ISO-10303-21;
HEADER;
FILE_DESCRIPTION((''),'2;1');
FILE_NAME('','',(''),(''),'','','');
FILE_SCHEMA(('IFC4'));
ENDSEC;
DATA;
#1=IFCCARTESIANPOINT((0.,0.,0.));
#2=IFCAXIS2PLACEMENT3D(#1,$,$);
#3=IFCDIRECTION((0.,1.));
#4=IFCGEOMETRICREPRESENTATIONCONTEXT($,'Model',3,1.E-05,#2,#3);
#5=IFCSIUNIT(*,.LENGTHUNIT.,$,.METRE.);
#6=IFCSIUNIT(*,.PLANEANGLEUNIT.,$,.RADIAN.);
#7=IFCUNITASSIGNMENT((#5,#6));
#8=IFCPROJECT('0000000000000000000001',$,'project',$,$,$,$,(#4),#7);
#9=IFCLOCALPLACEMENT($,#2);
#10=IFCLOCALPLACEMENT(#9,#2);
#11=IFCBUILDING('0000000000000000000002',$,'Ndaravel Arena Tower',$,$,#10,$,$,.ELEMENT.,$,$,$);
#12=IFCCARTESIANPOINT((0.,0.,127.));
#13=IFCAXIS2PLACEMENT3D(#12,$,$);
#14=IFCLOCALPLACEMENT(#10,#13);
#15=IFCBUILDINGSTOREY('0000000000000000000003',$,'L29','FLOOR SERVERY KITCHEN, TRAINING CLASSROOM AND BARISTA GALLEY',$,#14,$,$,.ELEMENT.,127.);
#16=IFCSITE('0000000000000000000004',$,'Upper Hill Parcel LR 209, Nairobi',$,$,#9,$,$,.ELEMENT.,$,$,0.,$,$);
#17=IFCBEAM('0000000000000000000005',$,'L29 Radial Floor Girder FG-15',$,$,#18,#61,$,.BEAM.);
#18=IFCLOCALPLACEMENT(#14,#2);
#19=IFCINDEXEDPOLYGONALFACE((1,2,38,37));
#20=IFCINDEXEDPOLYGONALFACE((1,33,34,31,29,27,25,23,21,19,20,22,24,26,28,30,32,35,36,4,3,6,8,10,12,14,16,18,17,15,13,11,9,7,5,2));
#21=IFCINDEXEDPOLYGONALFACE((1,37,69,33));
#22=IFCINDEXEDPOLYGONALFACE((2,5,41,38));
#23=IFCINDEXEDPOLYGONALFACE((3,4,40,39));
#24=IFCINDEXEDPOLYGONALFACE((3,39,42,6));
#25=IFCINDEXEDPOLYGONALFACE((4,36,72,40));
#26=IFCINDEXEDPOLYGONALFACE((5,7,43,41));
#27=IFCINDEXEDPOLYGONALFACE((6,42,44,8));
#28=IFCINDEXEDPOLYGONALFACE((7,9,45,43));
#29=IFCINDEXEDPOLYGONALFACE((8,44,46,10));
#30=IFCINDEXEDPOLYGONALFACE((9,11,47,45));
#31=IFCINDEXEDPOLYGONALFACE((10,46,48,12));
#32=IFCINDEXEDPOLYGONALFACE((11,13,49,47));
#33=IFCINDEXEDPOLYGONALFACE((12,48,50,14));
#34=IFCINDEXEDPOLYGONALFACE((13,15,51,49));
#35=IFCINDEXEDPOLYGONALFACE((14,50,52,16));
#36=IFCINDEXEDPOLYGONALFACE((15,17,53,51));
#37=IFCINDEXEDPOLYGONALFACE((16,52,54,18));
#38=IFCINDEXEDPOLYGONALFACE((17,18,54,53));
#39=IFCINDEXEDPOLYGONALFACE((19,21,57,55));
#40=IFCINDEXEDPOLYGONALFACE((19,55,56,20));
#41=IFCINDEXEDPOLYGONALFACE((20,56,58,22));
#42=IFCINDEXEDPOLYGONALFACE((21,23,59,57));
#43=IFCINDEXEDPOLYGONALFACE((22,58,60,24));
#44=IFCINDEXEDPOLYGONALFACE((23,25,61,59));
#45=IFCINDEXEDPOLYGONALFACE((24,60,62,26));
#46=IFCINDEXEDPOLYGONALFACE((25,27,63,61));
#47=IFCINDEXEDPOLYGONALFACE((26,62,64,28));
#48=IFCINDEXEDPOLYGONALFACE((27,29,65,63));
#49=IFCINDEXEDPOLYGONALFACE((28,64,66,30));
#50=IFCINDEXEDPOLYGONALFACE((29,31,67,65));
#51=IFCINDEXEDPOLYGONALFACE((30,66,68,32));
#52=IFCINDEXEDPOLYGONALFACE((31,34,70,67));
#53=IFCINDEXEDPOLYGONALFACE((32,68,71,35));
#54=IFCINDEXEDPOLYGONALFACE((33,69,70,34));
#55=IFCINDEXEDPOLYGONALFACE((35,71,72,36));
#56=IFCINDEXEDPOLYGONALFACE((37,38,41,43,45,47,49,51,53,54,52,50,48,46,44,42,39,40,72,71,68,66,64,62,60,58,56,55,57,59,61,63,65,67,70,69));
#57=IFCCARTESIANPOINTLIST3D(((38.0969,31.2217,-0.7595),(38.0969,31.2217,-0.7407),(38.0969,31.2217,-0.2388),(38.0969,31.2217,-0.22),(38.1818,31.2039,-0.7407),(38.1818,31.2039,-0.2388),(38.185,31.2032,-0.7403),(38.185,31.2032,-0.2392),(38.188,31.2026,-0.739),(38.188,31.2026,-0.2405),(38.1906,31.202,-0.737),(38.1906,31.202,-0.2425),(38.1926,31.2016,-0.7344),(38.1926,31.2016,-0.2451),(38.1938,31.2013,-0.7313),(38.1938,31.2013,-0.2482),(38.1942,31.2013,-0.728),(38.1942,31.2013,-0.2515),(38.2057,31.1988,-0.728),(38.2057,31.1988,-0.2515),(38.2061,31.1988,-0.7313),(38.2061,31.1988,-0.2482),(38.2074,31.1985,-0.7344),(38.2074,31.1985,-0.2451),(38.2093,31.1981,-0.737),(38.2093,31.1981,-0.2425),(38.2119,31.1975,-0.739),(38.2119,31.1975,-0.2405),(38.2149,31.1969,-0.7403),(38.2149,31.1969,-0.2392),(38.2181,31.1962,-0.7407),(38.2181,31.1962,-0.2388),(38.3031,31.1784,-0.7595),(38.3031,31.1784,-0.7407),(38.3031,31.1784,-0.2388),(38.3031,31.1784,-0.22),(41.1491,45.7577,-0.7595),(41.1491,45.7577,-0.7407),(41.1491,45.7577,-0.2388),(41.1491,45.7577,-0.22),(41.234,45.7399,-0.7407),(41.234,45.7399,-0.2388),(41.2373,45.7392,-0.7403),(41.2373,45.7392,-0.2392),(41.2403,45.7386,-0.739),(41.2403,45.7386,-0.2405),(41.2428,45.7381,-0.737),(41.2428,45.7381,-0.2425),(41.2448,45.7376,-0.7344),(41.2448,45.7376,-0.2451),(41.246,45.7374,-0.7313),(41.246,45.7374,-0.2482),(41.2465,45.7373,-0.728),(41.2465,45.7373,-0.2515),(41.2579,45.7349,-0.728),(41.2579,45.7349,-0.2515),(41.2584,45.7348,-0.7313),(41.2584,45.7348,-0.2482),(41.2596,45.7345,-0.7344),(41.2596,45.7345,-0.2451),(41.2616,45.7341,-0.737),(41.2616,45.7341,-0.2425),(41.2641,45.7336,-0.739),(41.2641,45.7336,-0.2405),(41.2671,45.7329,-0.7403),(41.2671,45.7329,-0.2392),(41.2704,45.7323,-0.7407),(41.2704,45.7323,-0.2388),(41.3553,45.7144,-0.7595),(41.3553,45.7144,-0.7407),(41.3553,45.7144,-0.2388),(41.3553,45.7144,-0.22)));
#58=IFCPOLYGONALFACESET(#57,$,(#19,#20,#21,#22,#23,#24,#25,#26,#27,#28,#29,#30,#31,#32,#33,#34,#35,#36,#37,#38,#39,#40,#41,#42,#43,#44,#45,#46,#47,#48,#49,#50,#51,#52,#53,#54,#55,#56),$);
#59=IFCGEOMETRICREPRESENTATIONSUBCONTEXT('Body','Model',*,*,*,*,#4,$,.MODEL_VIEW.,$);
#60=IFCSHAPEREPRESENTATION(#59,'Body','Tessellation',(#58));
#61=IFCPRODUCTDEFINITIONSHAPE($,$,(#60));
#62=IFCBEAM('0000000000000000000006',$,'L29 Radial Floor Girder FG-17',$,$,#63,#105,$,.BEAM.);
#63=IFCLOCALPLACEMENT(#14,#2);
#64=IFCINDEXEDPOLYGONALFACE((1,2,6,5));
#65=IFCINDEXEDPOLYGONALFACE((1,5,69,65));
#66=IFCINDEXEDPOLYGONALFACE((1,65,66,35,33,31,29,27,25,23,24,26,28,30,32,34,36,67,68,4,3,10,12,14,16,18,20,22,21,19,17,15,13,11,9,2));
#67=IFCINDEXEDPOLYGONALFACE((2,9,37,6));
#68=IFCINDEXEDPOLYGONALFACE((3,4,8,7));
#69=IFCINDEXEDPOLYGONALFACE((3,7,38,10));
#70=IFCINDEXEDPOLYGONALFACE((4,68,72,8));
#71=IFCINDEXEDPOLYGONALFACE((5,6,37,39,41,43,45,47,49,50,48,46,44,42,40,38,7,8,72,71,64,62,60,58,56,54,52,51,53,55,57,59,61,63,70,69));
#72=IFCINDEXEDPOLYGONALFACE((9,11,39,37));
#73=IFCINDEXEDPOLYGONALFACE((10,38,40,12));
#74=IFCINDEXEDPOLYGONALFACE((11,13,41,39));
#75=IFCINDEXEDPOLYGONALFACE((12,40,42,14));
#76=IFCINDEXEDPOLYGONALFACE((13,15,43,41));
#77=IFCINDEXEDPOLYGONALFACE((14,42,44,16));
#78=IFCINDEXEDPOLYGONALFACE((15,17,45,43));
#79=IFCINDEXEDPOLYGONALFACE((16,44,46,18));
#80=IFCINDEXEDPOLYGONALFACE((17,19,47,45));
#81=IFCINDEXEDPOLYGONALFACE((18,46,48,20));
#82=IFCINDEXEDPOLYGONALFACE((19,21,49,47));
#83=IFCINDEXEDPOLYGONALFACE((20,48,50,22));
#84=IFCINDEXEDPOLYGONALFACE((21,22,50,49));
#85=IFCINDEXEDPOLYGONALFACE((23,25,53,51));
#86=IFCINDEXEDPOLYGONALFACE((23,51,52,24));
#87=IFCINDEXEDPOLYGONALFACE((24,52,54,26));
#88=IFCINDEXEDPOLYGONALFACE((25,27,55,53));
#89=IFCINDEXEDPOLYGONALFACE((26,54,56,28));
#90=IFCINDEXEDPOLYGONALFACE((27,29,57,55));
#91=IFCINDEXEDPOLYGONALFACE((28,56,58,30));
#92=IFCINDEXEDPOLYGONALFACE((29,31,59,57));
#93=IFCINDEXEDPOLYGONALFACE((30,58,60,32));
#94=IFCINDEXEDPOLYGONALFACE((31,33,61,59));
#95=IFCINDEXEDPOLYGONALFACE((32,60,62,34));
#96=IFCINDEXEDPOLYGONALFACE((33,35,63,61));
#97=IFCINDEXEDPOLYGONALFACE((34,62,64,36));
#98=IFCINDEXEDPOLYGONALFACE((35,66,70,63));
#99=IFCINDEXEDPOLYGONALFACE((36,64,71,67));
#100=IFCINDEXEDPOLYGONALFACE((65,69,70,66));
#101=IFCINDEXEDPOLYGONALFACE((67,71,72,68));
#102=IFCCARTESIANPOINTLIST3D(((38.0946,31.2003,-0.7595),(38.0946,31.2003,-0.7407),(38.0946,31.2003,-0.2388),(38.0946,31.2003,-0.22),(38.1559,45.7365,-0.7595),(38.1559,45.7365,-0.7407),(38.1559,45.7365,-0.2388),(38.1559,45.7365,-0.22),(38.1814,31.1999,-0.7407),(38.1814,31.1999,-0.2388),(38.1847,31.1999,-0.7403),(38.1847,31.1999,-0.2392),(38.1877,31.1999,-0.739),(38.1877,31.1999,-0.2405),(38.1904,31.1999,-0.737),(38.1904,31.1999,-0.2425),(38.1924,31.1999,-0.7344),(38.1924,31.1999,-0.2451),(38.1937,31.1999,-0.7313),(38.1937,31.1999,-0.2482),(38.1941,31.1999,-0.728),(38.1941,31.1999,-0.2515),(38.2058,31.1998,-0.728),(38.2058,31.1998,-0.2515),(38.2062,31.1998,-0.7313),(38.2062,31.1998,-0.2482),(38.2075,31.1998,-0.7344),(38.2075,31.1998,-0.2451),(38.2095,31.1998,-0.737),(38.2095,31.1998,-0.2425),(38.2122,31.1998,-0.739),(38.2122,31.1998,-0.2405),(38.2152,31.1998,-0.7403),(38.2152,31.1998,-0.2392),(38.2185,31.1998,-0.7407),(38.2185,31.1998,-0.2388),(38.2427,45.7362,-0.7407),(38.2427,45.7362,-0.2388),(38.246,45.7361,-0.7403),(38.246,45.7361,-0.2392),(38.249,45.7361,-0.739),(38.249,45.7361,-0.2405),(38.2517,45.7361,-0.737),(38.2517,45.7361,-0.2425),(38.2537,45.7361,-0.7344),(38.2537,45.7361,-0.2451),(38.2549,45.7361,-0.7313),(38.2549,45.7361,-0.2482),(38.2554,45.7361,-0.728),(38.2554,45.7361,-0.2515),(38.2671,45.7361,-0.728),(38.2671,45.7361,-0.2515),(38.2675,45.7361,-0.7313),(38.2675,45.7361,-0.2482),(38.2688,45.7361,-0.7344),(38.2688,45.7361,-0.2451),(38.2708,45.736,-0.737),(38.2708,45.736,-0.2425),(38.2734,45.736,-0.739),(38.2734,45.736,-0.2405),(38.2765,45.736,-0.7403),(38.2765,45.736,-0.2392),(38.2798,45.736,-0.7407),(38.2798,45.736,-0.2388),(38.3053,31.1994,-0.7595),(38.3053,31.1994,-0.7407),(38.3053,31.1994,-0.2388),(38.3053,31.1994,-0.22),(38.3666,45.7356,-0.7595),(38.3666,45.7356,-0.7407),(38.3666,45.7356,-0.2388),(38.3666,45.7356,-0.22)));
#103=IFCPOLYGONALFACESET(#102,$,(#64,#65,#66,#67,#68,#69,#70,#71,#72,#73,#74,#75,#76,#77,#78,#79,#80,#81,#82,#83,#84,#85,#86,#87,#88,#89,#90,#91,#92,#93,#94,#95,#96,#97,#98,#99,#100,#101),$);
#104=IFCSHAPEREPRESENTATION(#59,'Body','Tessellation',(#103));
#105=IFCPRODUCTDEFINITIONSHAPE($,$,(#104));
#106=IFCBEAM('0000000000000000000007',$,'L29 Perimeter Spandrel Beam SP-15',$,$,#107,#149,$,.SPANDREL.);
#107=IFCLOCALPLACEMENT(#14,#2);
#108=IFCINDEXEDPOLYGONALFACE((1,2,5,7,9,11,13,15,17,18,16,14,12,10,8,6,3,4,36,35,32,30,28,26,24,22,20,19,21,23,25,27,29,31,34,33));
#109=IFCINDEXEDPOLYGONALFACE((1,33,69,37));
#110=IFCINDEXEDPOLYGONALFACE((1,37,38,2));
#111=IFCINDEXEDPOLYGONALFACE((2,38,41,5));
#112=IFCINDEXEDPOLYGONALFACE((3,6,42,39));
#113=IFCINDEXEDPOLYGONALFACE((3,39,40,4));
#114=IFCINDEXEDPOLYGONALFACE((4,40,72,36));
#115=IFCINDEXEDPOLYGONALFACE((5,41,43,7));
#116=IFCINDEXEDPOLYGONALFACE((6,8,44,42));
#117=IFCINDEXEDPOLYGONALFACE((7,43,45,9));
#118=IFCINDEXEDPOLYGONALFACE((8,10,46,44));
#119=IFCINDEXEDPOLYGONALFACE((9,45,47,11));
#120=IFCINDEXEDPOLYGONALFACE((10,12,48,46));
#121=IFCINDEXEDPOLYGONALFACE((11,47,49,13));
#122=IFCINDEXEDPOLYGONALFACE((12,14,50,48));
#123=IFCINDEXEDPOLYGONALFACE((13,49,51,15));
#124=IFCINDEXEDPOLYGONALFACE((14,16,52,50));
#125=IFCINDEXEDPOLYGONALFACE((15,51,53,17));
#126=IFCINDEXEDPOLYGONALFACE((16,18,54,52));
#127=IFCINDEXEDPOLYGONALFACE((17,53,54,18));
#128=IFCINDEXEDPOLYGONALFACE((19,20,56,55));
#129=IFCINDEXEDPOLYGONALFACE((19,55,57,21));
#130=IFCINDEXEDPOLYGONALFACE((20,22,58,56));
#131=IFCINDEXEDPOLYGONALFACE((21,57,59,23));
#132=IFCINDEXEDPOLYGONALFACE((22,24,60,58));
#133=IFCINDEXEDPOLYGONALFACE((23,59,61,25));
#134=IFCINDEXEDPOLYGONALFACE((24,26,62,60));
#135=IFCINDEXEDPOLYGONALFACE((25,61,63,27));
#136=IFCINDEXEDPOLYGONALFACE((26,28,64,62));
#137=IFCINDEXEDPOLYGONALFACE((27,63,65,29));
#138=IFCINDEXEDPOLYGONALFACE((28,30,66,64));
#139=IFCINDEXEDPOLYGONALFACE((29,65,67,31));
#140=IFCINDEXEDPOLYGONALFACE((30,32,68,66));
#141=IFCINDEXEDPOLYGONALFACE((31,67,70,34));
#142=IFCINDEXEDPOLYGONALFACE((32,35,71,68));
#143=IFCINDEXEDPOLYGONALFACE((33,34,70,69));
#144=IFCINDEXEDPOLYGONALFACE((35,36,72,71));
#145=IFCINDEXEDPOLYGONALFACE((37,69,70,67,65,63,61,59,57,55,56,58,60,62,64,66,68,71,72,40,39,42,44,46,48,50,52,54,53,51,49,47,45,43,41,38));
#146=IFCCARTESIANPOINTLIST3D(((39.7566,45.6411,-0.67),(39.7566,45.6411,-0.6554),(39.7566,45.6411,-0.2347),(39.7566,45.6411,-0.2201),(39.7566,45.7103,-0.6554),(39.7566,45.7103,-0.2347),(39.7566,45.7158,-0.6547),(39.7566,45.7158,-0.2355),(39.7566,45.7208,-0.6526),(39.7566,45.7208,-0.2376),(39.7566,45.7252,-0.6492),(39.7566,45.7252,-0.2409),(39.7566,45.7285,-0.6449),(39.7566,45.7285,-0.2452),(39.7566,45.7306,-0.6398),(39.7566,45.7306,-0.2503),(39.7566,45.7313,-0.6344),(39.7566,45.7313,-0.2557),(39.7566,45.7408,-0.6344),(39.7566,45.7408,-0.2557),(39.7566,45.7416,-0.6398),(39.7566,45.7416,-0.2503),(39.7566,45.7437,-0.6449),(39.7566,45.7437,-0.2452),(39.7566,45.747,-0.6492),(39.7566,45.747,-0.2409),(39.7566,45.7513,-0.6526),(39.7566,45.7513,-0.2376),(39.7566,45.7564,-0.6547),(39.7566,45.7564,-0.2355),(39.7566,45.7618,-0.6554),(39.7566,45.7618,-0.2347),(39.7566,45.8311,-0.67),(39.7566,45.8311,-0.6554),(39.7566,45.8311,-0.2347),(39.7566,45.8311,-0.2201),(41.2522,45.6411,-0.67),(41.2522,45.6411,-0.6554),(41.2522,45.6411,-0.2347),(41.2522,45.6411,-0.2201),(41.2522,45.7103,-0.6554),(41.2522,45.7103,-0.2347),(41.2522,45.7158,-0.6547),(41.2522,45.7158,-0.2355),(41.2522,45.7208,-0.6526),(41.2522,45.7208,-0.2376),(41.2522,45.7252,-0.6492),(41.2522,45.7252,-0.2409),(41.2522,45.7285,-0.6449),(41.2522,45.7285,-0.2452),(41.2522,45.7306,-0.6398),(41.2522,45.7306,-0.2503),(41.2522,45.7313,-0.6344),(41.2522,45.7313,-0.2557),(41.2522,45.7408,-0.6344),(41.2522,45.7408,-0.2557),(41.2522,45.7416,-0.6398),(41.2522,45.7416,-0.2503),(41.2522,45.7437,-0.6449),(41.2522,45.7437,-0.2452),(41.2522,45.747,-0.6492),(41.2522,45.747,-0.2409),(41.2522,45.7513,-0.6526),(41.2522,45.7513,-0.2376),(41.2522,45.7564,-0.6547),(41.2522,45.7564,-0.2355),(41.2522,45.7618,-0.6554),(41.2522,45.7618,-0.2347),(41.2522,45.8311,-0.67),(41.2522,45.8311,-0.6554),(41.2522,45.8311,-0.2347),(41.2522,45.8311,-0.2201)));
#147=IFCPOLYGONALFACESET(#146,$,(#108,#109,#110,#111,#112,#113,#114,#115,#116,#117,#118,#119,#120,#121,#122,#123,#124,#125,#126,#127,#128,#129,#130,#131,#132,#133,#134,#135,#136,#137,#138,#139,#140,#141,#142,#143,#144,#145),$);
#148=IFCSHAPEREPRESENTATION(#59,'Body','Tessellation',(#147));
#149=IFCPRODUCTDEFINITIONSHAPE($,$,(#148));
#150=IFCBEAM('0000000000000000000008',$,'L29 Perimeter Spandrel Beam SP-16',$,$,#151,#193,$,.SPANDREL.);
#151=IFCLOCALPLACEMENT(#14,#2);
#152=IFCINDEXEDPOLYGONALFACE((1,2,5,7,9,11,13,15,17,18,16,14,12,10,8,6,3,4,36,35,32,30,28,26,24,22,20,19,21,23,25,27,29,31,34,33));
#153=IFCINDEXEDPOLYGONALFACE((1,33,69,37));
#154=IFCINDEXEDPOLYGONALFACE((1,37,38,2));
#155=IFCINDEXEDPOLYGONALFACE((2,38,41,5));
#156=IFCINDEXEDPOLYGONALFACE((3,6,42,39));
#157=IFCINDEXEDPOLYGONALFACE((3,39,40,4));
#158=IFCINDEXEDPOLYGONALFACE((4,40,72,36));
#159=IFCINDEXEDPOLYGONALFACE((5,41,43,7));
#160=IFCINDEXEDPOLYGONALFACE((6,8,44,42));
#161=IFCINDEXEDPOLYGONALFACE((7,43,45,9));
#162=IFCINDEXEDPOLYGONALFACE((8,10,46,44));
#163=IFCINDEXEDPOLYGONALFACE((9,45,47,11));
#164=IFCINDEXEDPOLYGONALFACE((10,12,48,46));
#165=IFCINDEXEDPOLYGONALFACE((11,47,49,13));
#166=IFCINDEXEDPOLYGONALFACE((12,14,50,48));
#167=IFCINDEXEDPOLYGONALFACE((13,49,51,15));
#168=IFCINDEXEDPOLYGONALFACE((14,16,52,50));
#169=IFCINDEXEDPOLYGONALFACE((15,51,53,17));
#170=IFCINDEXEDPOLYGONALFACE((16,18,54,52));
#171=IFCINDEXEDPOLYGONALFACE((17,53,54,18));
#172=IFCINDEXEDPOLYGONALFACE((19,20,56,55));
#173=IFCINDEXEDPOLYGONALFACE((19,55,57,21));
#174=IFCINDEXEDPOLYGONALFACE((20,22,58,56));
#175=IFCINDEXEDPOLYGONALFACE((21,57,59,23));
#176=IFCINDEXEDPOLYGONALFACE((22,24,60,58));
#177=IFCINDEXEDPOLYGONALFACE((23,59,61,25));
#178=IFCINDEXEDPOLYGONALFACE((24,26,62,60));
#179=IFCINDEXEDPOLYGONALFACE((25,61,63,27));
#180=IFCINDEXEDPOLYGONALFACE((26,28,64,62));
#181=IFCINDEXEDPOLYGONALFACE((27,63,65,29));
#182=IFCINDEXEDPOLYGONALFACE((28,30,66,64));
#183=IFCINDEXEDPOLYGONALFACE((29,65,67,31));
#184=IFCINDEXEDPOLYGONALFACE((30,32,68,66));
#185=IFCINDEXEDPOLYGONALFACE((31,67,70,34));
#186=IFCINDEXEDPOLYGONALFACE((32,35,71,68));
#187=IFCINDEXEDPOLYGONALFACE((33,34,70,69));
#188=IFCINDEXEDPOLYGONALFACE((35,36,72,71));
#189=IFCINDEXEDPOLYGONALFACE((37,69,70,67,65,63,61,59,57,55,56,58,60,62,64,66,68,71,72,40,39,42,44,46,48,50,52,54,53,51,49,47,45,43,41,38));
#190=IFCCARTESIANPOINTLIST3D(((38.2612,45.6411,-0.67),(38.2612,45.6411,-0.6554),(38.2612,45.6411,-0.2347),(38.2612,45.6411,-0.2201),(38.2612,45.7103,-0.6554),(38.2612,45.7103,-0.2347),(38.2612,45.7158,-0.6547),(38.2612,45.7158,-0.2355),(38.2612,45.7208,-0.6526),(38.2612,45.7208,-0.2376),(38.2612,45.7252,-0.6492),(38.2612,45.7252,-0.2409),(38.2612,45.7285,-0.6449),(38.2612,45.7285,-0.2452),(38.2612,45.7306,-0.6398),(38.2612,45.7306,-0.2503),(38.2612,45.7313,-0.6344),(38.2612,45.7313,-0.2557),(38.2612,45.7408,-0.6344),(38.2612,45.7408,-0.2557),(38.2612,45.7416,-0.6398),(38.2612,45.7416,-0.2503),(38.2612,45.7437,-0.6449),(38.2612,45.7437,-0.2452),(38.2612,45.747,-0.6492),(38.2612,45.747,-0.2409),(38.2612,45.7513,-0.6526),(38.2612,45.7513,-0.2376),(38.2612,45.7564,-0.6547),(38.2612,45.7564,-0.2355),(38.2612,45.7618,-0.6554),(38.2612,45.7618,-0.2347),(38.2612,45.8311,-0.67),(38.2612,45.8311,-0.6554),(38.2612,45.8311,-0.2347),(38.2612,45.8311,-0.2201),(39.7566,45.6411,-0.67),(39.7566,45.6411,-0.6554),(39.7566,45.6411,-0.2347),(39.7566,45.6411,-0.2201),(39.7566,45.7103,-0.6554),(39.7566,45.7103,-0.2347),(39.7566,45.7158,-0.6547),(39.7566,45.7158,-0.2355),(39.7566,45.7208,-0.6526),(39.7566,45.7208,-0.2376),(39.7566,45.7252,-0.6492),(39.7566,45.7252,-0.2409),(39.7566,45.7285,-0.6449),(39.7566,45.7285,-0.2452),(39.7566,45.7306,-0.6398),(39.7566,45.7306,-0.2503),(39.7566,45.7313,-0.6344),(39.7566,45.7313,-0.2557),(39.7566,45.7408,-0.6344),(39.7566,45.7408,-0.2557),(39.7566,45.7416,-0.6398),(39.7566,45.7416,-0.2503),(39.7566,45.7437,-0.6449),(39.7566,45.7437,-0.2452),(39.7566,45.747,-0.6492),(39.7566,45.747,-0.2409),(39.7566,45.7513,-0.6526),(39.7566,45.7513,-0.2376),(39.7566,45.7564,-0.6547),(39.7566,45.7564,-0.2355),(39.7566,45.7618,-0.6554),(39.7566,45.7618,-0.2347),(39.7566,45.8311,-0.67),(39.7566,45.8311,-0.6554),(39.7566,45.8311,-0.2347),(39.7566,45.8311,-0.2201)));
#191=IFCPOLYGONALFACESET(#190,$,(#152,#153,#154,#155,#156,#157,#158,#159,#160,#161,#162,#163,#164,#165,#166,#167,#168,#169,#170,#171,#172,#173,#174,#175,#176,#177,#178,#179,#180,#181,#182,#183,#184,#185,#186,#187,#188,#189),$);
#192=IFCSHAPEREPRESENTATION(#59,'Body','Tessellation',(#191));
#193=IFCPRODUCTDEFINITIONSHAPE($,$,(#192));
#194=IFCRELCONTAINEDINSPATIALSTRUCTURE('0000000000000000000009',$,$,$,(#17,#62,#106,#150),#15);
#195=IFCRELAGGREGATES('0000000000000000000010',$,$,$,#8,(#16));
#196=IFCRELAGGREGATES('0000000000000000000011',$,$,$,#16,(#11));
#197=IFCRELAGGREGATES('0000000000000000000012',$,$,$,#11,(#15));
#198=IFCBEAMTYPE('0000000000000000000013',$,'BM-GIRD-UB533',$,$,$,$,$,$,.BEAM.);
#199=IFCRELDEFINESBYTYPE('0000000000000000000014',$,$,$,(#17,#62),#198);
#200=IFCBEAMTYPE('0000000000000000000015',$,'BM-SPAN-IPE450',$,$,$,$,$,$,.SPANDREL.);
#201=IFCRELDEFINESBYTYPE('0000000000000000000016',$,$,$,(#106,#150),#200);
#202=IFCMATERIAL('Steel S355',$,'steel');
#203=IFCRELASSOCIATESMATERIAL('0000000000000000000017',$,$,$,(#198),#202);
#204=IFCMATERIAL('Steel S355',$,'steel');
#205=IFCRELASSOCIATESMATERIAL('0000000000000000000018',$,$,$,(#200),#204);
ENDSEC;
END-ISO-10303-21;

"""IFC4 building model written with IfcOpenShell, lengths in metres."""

from ifc_helpers import new_model, si_unit, direction, frame, origin, origin_2d, place, context, subcontext, project, spatial, i_section, extrude, material, material_profile, profile_set, type_object, element, save


model = new_model("IFC4")

# Units and contexts
model_context = context("Model", 3, precision=1e-05, world=origin(), true_north=direction((0.0, 1.0)))
body_context = subcontext(model_context, "Body", "Model", "MODEL_VIEW")
ifc_project = project(units=[si_unit("LENGTHUNIT", "METRE"), si_unit("PLANEANGLEUNIT", "RADIAN")], contexts=[model_context])

# Site, building, storey
site_placement = place(None, origin())
site = spatial("IfcSite", under=ifc_project, at=site_placement, Name="Upper Hill Parcel LR 209, Nairobi", CompositionType="ELEMENT", RefElevation=0.0)
building_placement = place(site_placement, origin())
building = spatial("IfcBuilding", under=site, at=building_placement, Name="Ndaravel Arena Tower", CompositionType="ELEMENT")
storey_placement = place(building_placement, frame((0.0, 0.0, 127.0)))
storey = spatial("IfcBuildingStorey", under=building, at=storey_placement, Name="L29", Description="FLOOR SERVERY KITCHEN, TRAINING CLASSROOM AND BARISTA GALLEY", CompositionType="ELEMENT", Elevation=127.0)

# Beams
ifc_material_1 = material(Name="Steel S355", Category="steel")
ifc_material_profile_1 = material_profile(ifc_material_1, i_section(OverallWidth=0.2107, OverallDepth=0.5396, WebThickness=0.0117, FlangeThickness=0.0188, FilletRadius=0.0127, at=origin_2d()), Name="UB 533x210x109")
ifc_profile_set_1 = profile_set([ifc_material_profile_1], Name="Steel S355")
beam_type_1 = type_object("IfcBeamType", Name="BM-GIRD-UB533", PredefinedType="BEAM", material=ifc_profile_set_1)
beam_1_placement = place(storey_placement, frame((41.2522, 45.7361, -0.4897), z_axis=(-0.205495, -0.978658, 0.0), x_axis=(0.978658, -0.205495, 0.0)))
element("IfcBeam", 1, at=beam_1_placement, inside=storey, type_object=beam_type_1, Name="L29 Radial Floor Girder FG-15", PredefinedType="BEAM", context=body_context, shape_type="SweptSolid", body=[
    extrude(i_section(OverallWidth=0.2107, OverallDepth=0.5396, WebThickness=0.0117, FlangeThickness=0.0188, FilletRadius=0.0127, at=origin_2d()), origin(), (0.0, 0.0, 1.0), 14.853),
])
beam_2_placement = place(storey_placement, frame((38.2612, 45.7361, -0.4897), z_axis=(-0.004216, -0.999991, 0.0), x_axis=(0.999991, -0.004216, 0.0)))
element("IfcBeam", 2, at=beam_2_placement, inside=storey, type_object=beam_type_1, Name="L29 Radial Floor Girder FG-17", PredefinedType="BEAM", context=body_context, shape_type="SweptSolid", body=[
    extrude(i_section(OverallWidth=0.2107, OverallDepth=0.5396, WebThickness=0.0117, FlangeThickness=0.0188, FilletRadius=0.0127, at=origin_2d()), origin(), (0.0, 0.0, 1.0), 14.5364),
])
ifc_material_2 = material(Name="Steel S355", Category="steel")
ifc_material_profile_2 = material_profile(ifc_material_2, i_section(OverallWidth=0.1899, OverallDepth=0.45, WebThickness=0.0095, FlangeThickness=0.0146, FilletRadius=0.021, at=origin_2d()), Name="IPE 450")
ifc_profile_set_2 = profile_set([ifc_material_profile_2], Name="Steel S355")
beam_type_2 = type_object("IfcBeamType", Name="BM-SPAN-IPE450", PredefinedType="SPANDREL", material=ifc_profile_set_2)
beam_3_placement = place(storey_placement, frame((41.2522, 45.7361, -0.4451), z_axis=(-1.0, 0.0, 0.0), x_axis=(0.0, -1.0, 0.0)))
element("IfcBeam", 3, at=beam_3_placement, inside=storey, type_object=beam_type_2, Name="L29 Perimeter Spandrel Beam SP-15", PredefinedType="SPANDREL", context=body_context, shape_type="SweptSolid", body=[
    extrude(i_section(OverallWidth=0.1899, OverallDepth=0.45, WebThickness=0.0095, FlangeThickness=0.0146, FilletRadius=0.021, at=origin_2d()), origin(), (0.0, 0.0, 1.0), 1.4956),
])
beam_4_placement = place(storey_placement, frame((39.7566, 45.7361, -0.4451), z_axis=(-1.0, 0.0, 0.0), x_axis=(0.0, -1.0, 0.0)))
element("IfcBeam", 4, at=beam_4_placement, inside=storey, type_object=beam_type_2, Name="L29 Perimeter Spandrel Beam SP-16", PredefinedType="SPANDREL", context=body_context, shape_type="SweptSolid", body=[
    extrude(i_section(OverallWidth=0.1899, OverallDepth=0.45, WebThickness=0.0095, FlangeThickness=0.0146, FilletRadius=0.021, at=origin_2d()), origin(), (0.0, 0.0, 1.0), 1.4954),
])

save(model, "model.ifc")
